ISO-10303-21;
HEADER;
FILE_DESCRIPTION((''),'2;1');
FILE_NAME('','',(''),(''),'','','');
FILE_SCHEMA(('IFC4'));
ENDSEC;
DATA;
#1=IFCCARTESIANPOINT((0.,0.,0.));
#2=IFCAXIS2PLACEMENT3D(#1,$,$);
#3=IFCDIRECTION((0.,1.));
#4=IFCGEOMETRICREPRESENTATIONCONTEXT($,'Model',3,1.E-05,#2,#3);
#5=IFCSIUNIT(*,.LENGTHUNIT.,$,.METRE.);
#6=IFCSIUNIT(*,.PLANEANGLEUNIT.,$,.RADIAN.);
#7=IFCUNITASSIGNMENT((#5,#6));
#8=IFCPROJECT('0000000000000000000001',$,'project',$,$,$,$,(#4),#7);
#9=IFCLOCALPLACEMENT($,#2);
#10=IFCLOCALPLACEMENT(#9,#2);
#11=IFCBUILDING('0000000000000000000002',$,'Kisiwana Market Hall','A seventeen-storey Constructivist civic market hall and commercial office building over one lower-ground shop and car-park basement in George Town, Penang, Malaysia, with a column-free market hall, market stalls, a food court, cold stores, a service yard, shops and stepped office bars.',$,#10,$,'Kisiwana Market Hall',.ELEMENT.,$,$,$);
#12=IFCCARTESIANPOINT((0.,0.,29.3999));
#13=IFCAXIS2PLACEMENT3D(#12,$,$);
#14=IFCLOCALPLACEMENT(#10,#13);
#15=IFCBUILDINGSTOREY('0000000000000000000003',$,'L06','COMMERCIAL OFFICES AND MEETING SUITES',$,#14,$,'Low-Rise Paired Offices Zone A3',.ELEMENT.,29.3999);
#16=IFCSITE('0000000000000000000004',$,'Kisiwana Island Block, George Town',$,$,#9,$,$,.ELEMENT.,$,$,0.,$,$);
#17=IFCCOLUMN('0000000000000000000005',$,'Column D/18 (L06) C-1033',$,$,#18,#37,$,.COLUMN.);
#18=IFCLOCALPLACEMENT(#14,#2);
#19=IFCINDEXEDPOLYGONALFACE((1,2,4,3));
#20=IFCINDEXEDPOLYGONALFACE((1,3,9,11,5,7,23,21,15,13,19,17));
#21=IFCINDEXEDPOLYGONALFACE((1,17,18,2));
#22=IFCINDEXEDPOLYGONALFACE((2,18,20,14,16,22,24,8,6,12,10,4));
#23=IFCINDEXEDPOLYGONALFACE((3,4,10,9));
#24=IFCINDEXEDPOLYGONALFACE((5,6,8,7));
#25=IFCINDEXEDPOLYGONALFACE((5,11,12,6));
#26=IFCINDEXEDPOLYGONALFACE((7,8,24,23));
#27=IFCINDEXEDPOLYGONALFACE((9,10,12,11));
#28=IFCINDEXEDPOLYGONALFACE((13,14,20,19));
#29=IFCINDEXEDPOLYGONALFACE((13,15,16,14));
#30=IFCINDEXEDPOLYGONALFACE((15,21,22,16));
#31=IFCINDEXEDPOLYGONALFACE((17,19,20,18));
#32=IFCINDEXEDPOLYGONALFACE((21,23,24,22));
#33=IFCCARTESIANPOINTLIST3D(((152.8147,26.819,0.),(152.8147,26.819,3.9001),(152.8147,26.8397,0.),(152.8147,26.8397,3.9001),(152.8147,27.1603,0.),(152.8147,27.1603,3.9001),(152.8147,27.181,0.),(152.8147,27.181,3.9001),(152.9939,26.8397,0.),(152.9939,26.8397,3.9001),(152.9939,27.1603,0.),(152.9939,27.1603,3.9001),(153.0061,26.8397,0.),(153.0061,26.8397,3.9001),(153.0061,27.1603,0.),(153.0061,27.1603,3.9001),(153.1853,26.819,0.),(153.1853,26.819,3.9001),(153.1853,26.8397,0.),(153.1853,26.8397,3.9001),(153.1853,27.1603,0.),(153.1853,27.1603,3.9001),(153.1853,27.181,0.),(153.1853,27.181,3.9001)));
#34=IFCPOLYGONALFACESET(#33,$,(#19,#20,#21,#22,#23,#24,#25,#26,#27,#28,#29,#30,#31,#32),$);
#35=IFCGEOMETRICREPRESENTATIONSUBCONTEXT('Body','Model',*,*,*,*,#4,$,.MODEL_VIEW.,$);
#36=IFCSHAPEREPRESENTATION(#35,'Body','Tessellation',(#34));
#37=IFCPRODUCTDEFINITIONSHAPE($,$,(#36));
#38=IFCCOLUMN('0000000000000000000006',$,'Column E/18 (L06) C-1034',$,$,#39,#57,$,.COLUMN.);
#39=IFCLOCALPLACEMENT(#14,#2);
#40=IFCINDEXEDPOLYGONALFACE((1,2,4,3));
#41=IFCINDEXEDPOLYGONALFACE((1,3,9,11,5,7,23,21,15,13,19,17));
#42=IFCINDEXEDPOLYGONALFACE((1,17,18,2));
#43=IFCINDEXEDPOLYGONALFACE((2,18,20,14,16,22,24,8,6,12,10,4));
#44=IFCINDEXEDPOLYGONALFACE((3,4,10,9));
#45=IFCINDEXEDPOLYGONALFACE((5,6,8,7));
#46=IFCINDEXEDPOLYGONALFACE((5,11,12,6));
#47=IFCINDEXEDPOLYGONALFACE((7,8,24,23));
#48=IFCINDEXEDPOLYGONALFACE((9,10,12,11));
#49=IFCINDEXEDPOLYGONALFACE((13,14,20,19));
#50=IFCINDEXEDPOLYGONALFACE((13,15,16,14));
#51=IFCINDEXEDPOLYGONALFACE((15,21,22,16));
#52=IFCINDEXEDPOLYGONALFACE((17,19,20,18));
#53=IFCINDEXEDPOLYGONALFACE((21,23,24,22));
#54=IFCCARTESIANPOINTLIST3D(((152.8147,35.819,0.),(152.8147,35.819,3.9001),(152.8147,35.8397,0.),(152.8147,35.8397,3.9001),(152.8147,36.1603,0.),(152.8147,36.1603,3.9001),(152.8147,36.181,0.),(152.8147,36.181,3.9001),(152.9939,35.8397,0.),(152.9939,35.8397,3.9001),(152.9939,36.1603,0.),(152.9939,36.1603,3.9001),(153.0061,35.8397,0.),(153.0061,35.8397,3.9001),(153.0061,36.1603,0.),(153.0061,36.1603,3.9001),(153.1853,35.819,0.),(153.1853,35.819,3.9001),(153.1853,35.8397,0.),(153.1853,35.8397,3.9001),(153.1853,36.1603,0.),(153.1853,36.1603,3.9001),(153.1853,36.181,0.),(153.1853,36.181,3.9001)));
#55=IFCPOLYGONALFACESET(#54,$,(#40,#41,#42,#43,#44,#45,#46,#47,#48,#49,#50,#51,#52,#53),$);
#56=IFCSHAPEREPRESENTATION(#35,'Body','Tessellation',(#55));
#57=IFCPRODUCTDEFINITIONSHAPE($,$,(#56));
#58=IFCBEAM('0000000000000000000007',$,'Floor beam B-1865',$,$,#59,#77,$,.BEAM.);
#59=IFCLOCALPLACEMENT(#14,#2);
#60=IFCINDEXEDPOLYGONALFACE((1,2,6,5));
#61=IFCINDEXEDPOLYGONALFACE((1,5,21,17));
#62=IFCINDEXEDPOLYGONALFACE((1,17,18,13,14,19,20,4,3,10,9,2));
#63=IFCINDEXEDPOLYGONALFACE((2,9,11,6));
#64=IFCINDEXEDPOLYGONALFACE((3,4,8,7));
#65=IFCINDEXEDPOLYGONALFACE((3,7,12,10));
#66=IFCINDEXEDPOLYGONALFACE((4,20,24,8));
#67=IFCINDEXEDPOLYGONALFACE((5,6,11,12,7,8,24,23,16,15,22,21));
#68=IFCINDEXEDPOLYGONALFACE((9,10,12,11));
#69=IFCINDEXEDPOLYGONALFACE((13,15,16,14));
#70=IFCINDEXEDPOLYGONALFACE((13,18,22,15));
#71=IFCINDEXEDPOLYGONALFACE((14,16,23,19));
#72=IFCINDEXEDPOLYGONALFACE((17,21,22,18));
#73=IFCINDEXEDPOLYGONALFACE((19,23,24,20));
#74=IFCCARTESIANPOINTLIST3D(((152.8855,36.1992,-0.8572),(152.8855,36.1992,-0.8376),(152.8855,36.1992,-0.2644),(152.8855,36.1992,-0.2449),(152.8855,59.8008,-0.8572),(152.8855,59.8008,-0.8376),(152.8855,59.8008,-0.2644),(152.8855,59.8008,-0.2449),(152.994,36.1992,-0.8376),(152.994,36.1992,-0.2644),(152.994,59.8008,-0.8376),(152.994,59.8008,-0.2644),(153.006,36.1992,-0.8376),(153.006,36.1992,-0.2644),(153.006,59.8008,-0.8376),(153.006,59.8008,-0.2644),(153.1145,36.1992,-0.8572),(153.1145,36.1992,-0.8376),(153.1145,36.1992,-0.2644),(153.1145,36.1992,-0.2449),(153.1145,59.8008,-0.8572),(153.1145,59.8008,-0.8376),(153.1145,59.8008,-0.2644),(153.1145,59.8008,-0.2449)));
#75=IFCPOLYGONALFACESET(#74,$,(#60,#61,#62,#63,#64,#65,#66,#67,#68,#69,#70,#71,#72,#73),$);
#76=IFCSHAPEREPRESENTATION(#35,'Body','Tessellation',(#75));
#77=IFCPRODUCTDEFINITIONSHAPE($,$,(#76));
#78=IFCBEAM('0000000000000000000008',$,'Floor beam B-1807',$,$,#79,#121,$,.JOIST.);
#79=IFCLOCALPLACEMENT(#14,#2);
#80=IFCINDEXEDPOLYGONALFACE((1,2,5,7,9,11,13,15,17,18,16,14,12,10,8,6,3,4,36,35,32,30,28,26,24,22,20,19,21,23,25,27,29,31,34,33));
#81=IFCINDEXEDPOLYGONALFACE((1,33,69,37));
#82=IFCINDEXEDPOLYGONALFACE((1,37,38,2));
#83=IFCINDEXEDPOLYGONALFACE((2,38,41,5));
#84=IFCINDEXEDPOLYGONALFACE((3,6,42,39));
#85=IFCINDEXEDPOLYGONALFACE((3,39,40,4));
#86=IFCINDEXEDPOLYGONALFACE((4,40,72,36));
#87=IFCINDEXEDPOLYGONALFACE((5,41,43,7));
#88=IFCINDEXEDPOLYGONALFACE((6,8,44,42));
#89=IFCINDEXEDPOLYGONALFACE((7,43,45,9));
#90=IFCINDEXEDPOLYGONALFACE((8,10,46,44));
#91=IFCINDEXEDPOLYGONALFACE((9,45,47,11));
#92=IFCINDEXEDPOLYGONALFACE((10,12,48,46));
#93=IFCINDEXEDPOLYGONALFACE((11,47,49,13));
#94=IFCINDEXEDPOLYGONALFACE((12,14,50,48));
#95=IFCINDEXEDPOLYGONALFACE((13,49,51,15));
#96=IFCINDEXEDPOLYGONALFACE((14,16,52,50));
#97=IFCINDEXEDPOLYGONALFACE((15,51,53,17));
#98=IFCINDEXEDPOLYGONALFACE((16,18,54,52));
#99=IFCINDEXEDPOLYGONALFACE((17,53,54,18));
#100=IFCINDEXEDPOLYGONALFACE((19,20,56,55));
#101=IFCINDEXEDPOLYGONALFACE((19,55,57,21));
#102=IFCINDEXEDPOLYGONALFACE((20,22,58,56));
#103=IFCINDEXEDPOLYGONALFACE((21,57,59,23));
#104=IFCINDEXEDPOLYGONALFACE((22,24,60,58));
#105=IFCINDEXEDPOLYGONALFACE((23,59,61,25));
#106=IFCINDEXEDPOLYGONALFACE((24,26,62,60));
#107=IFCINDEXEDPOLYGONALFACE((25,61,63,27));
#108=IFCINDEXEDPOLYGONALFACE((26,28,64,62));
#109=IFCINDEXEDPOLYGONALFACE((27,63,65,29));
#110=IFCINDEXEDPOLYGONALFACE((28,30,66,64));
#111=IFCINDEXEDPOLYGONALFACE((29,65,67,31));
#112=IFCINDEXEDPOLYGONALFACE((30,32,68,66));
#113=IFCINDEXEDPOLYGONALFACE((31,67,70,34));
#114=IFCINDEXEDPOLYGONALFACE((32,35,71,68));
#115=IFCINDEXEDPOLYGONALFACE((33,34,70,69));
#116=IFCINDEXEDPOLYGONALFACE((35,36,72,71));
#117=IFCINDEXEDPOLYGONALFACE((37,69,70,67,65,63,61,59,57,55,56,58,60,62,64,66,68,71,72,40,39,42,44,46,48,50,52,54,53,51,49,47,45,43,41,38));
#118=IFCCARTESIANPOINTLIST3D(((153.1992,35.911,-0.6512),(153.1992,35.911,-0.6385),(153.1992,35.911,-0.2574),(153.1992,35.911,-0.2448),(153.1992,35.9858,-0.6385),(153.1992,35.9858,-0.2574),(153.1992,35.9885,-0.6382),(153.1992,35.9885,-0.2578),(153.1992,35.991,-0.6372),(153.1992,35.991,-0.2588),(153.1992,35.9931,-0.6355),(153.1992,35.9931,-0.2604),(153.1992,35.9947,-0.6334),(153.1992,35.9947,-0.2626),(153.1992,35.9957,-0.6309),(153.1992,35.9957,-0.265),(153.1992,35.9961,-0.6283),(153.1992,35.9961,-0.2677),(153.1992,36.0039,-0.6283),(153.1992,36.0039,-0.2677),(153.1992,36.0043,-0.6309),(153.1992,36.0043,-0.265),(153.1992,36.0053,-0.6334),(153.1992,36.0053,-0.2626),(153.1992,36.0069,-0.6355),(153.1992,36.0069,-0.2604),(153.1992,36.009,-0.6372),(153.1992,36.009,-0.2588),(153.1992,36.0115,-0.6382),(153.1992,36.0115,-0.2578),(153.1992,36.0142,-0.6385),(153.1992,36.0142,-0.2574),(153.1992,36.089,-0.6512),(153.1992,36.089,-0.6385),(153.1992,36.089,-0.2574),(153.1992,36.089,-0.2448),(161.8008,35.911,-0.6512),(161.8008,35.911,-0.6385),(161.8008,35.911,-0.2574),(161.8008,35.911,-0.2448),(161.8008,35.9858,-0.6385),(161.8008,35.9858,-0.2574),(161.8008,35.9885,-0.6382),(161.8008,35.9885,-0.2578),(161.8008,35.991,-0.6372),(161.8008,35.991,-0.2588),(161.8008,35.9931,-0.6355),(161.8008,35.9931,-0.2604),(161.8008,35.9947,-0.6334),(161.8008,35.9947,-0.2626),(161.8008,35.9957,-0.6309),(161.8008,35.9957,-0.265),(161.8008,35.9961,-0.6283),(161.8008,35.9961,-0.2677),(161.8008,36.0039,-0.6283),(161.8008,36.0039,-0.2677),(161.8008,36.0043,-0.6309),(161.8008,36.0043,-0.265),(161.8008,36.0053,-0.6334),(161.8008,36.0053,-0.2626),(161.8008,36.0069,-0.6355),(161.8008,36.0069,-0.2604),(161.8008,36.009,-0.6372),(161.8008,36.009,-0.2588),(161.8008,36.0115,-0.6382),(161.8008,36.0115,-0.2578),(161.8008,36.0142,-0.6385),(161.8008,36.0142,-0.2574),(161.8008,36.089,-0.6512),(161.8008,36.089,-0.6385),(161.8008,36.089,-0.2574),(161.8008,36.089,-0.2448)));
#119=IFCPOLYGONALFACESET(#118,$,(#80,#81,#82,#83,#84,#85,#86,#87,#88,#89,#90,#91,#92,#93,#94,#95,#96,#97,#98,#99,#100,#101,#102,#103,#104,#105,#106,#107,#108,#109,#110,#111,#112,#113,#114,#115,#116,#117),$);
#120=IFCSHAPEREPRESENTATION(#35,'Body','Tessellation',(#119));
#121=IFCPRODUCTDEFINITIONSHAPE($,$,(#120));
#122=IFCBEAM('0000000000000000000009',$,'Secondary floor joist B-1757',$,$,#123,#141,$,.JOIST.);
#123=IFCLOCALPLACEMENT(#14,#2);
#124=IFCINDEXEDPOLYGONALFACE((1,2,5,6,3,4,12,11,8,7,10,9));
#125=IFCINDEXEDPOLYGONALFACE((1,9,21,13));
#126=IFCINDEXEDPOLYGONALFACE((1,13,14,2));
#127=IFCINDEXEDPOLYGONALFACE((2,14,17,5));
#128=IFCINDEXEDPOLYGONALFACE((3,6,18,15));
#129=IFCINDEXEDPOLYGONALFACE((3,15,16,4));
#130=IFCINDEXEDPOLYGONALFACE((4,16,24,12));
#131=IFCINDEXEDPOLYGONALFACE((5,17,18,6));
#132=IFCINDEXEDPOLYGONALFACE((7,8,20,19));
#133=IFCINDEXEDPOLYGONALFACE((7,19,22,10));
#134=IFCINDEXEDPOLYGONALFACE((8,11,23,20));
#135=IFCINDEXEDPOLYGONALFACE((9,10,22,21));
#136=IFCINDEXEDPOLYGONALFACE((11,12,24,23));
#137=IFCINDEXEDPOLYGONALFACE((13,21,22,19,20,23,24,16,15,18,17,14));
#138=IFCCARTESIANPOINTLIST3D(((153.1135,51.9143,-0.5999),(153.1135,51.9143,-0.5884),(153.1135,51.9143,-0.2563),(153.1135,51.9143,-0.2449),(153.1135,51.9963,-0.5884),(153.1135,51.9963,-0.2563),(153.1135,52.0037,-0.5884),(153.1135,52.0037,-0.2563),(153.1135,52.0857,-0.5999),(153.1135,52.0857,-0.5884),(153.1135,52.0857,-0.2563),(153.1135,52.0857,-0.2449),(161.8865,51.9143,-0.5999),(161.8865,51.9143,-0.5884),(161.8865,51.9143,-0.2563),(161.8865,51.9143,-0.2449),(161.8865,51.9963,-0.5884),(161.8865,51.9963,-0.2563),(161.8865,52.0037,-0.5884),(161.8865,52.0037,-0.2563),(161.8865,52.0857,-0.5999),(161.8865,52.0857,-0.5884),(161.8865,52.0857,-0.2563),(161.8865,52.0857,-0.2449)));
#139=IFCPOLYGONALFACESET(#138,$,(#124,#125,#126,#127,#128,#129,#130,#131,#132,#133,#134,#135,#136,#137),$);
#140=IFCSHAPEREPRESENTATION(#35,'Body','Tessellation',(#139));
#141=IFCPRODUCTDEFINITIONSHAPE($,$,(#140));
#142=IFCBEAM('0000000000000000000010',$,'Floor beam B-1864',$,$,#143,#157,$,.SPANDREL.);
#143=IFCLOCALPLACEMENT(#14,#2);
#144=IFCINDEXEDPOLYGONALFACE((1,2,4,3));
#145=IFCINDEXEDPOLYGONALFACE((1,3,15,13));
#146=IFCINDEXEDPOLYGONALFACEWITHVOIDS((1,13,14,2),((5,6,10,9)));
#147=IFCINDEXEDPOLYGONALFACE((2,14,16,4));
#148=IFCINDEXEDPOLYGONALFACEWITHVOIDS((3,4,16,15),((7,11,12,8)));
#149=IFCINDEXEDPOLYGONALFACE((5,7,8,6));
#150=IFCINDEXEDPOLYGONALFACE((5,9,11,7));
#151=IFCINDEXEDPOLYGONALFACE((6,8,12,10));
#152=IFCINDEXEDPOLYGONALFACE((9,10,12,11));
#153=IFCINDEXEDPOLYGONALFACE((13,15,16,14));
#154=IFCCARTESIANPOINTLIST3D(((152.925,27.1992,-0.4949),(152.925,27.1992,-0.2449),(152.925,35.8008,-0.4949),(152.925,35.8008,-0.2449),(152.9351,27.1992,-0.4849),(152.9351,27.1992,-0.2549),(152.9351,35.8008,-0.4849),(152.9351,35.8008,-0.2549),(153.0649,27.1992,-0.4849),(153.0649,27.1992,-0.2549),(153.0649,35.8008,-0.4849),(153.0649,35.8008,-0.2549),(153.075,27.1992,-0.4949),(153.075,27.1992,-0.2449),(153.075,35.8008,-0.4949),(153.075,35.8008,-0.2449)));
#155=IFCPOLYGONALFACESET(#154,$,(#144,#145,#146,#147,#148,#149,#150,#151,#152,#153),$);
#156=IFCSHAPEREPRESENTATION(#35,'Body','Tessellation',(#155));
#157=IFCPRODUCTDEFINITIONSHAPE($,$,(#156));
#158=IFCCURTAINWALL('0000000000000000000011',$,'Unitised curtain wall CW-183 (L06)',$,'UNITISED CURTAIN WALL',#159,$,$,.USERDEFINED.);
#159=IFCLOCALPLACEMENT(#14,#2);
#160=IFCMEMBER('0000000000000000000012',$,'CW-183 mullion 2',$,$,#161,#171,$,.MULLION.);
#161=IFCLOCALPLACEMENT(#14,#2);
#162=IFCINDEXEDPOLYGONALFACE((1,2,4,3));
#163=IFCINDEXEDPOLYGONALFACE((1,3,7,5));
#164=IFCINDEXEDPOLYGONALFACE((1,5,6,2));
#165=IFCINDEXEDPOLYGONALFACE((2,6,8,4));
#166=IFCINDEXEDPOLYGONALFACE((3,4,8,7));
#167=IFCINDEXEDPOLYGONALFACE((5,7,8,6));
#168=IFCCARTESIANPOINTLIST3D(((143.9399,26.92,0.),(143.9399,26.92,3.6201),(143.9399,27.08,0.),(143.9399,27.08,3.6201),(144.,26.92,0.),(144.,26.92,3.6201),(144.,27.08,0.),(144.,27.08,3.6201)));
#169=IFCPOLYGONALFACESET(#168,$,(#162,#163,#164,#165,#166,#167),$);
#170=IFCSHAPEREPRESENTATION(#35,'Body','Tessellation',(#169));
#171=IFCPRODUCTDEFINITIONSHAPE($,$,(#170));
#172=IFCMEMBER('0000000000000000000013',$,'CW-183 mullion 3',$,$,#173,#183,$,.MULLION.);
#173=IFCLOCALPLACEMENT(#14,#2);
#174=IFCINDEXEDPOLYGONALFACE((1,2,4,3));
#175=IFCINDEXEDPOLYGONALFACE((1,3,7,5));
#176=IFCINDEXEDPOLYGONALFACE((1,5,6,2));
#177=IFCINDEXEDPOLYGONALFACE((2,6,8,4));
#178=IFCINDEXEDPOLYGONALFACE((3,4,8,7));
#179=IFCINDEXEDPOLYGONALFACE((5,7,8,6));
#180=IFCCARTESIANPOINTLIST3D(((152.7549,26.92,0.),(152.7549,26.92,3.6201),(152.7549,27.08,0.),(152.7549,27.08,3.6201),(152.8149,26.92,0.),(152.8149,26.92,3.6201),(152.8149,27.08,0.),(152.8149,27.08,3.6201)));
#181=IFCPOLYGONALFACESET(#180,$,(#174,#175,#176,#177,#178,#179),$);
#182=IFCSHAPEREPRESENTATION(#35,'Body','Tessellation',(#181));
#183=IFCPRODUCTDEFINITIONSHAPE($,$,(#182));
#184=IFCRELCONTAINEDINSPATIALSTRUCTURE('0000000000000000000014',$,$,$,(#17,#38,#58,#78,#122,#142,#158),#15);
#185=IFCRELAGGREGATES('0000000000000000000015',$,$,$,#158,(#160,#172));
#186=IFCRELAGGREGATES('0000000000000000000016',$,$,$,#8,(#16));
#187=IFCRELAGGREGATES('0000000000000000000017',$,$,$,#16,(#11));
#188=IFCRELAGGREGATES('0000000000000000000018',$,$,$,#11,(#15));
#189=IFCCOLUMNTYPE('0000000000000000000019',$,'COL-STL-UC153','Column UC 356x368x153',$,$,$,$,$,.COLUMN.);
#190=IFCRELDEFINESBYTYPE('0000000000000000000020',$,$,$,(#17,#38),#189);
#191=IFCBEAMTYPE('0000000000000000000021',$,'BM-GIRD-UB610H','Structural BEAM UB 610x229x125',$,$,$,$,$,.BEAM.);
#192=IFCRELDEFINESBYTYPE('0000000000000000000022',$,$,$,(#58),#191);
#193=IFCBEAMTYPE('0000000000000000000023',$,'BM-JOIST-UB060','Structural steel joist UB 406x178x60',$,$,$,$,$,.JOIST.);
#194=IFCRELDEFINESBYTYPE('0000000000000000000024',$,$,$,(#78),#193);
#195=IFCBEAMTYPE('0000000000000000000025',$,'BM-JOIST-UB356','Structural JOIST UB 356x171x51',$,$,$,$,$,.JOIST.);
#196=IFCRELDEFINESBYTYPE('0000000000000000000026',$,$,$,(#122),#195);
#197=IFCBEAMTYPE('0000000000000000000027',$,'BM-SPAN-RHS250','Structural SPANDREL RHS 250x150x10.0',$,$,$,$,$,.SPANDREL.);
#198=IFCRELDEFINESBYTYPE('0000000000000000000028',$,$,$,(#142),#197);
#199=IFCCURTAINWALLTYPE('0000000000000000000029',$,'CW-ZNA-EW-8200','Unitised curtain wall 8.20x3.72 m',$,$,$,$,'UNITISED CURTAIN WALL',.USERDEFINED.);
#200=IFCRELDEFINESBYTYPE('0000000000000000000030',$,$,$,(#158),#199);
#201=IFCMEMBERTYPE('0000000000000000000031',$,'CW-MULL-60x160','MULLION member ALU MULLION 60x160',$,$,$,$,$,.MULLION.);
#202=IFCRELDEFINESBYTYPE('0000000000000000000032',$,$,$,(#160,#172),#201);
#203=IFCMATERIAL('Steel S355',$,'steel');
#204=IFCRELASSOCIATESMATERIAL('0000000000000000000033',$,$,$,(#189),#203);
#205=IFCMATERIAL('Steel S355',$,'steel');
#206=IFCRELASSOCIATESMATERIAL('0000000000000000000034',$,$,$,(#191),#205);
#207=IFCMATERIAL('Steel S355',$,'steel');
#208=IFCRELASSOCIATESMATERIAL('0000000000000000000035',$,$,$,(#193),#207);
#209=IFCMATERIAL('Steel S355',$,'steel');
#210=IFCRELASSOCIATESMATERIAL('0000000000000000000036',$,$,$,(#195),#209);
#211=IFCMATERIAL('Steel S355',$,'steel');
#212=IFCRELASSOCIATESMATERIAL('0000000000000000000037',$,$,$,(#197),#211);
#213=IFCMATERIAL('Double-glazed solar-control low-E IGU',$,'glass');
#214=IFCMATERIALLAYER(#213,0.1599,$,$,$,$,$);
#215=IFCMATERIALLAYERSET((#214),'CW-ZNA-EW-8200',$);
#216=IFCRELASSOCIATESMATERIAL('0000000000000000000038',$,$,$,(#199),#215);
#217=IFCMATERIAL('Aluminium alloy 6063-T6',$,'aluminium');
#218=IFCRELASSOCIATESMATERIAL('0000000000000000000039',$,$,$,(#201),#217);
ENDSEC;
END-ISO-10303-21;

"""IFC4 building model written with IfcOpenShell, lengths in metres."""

from ifc_helpers import new_model, si_unit, direction, frame, origin, origin_2d, place, context, subcontext, project, spatial, rectangle, hollow_rectangle, i_section, extrude, material, layer, layer_set, material_profile, profile_set, type_object, element, aggregate, save


model = new_model("IFC4")

# Units and contexts
model_context = context("Model", 3, precision=1e-05, world=origin(), true_north=direction((0.0, 1.0)))
body_context = subcontext(model_context, "Body", "Model", "MODEL_VIEW")
ifc_project = project(units=[si_unit("LENGTHUNIT", "METRE"), si_unit("PLANEANGLEUNIT", "RADIAN")], contexts=[model_context])

# Site, building, storey
site_placement = place(None, origin())
site = spatial("IfcSite", under=ifc_project, at=site_placement, Name="Kisiwana Island Block, George Town", CompositionType="ELEMENT", RefElevation=0.0)
building_placement = place(site_placement, origin())
building = spatial("IfcBuilding", under=site, at=building_placement, Name="Kisiwana Market Hall", Description="A seventeen-storey Constructivist civic market hall and commercial office building over one lower-ground shop and car-park basement in George Town, Penang, Malaysia, with a column-free market hall, market stalls, a food court, cold stores, a service yard, shops and stepped office bars.", LongName="Kisiwana Market Hall", CompositionType="ELEMENT")
storey_placement = place(building_placement, frame((0.0, 0.0, 29.3999)))
storey = spatial("IfcBuildingStorey", under=building, at=storey_placement, Name="L06", Description="COMMERCIAL OFFICES AND MEETING SUITES", LongName="Low-Rise Paired Offices Zone A3", CompositionType="ELEMENT", Elevation=29.3999)

# Columns
ifc_material_1 = material(Name="Steel S355", Category="steel")
ifc_material_profile_1 = material_profile(ifc_material_1, i_section(OverallWidth=0.3706, OverallDepth=0.3621, WebThickness=0.0122, FlangeThickness=0.0208, at=origin_2d()), Name="UC 356x368x153")
ifc_profile_set_1 = profile_set([ifc_material_profile_1], Name="Steel S355")
column_type = type_object("IfcColumnType", Name="COL-STL-UC153", Description="Column UC 356x368x153", PredefinedType="COLUMN", material=ifc_profile_set_1)
for number, where, z_axis, x_axis, name in (
    (1, (153.0, 27.0, 0.0), (0.0, 0.0, 1.0), (1.0, 0.0, 0.0), "Column D/18 (L06) C-1033"),
    (2, (153.0, 36.0, 0.0), (0.0, 0.0, 1.0), (1.0, 0.0, 0.0), "Column E/18 (L06) C-1034"),
):
    element("IfcColumn", number, at=place(storey_placement, frame(where, z_axis=z_axis, x_axis=x_axis)), inside=storey, type_object=column_type, Name=name, PredefinedType="COLUMN", context=body_context, shape_type="SweptSolid", body=[
        extrude(i_section(OverallWidth=0.3706, OverallDepth=0.3621, WebThickness=0.0122, FlangeThickness=0.0208, at=origin_2d()), origin(), (0.0, 0.0, 1.0), 3.9001),
    ])

# Beams
ifc_material_2 = material(Name="Steel S355", Category="steel")
ifc_material_profile_2 = material_profile(ifc_material_2, i_section(OverallWidth=0.229, OverallDepth=0.6123, WebThickness=0.012, FlangeThickness=0.0195, at=origin_2d()), Name="UB 610x229x125")
ifc_profile_set_2 = profile_set([ifc_material_profile_2], Name="Steel S355")
beam_type_1 = type_object("IfcBeamType", Name="BM-GIRD-UB610H", Description="Structural BEAM UB 610x229x125", PredefinedType="BEAM", material=ifc_profile_set_2)
beam_1_placement = place(storey_placement, frame((153.0, 36.1992, -0.551), z_axis=(0.0, 1.0, 0.0), x_axis=(-1.0, 0.0, 0.0)))
element("IfcBeam", 3, at=beam_1_placement, inside=storey, type_object=beam_type_1, Name="Floor beam B-1865", PredefinedType="BEAM", context=body_context, shape_type="SweptSolid", body=[
    extrude(i_section(OverallWidth=0.229, OverallDepth=0.6123, WebThickness=0.012, FlangeThickness=0.0195, at=origin_2d()), origin(), (0.0, 0.0, 1.0), 23.6016),
])
ifc_material_3 = material(Name="Steel S355", Category="steel")
ifc_material_profile_3 = material_profile(ifc_material_3, i_section(OverallWidth=0.178, OverallDepth=0.4065, WebThickness=0.0078, FlangeThickness=0.0127, FilletRadius=0.0103, at=origin_2d()), Name="UB 406x178x60")
ifc_profile_set_3 = profile_set([ifc_material_profile_3], Name="Steel S355")
beam_type_2 = type_object("IfcBeamType", Name="BM-JOIST-UB060", Description="Structural steel joist UB 406x178x60", PredefinedType="JOIST", material=ifc_profile_set_3)
beam_2_placement = place(storey_placement, frame((153.1992, 36.0, -0.448), z_axis=(1.0, 0.0, 0.0), x_axis=(0.0, 1.0, 0.0)))
element("IfcBeam", 4, at=beam_2_placement, inside=storey, type_object=beam_type_2, Name="Floor beam B-1807", PredefinedType="JOIST", context=body_context, shape_type="SweptSolid", body=[
    extrude(i_section(OverallWidth=0.178, OverallDepth=0.4065, WebThickness=0.0078, FlangeThickness=0.0127, FilletRadius=0.0103, at=origin_2d()), origin(), (0.0, 0.0, 1.0), 8.6016),
])
ifc_material_4 = material(Name="Steel S355", Category="steel")
ifc_material_profile_4 = material_profile(ifc_material_4, i_section(OverallWidth=0.1714, OverallDepth=0.355, WebThickness=0.0073, FlangeThickness=0.0115, at=origin_2d()), Name="UB 356x171x51")
ifc_profile_set_4 = profile_set([ifc_material_profile_4], Name="Steel S355")
beam_type_3 = type_object("IfcBeamType", Name="BM-JOIST-UB356", Description="Structural JOIST UB 356x171x51", PredefinedType="JOIST", material=ifc_profile_set_4)
beam_3_placement = place(storey_placement, frame((153.1135, 52.0, -0.4224), z_axis=(1.0, 0.0, 0.0), x_axis=(0.0, 1.0, 0.0)))
element("IfcBeam", 5, at=beam_3_placement, inside=storey, type_object=beam_type_3, Name="Secondary floor joist B-1757", PredefinedType="JOIST", context=body_context, shape_type="SweptSolid", body=[
    extrude(i_section(OverallWidth=0.1714, OverallDepth=0.355, WebThickness=0.0073, FlangeThickness=0.0115, at=origin_2d()), origin(), (0.0, 0.0, 1.0), 8.7729),
])
ifc_material_5 = material(Name="Steel S355", Category="steel")
ifc_material_profile_5 = material_profile(ifc_material_5, hollow_rectangle(XDim=0.1499, YDim=0.25, WallThickness=0.01, at=origin_2d()), Name="RHS 250x150x10.0")
ifc_profile_set_5 = profile_set([ifc_material_profile_5], Name="Steel S355")
beam_type_4 = type_object("IfcBeamType", Name="BM-SPAN-RHS250", Description="Structural SPANDREL RHS 250x150x10.0", PredefinedType="SPANDREL", material=ifc_profile_set_5)
beam_4_placement = place(storey_placement, frame((153.0, 27.1992, -0.3699), z_axis=(0.0, 1.0, 0.0), x_axis=(-1.0, 0.0, 0.0)))
element("IfcBeam", 6, at=beam_4_placement, inside=storey, type_object=beam_type_4, Name="Floor beam B-1864", PredefinedType="SPANDREL", context=body_context, shape_type="SweptSolid", body=[
    extrude(hollow_rectangle(XDim=0.1499, YDim=0.25, WallThickness=0.01, at=origin_2d()), origin(), (0.0, 0.0, 1.0), 8.6016),
])

# Curtain wall, members
ifc_material_6 = material(Name="Double-glazed solar-control low-E IGU", Category="glass")
ifc_layer_1 = layer(ifc_material_6, 0.1599)
ifc_layer_set_1 = layer_set([ifc_layer_1], Name="CW-ZNA-EW-8200")
curtain_wall_type = type_object("IfcCurtainWallType", Name="CW-ZNA-EW-8200", Description="Unitised curtain wall 8.20x3.72 m", ElementType="UNITISED CURTAIN WALL", PredefinedType="USERDEFINED", material=ifc_layer_set_1)
curtain_wall_1_placement = place(storey_placement, origin())
curtain_wall_1 = element("IfcCurtainWall", 7, at=curtain_wall_1_placement, inside=storey, type_object=curtain_wall_type, Name="Unitised curtain wall CW-183 (L06)", ObjectType="UNITISED CURTAIN WALL", PredefinedType="USERDEFINED")
ifc_material_7 = material(Name="Aluminium alloy 6063-T6", Category="aluminium")
ifc_material_profile_6 = material_profile(ifc_material_7, rectangle(XDim=0.0601, YDim=0.1599, at=origin_2d()), Name="ALU MULLION 60x160")
ifc_profile_set_6 = profile_set([ifc_material_profile_6], Name="Aluminium alloy 6063-T6")
member_type_1 = type_object("IfcMemberType", Name="CW-MULL-60x160", Description="MULLION member ALU MULLION 60x160", PredefinedType="MULLION", material=ifc_profile_set_6)
member_1_placement = place(storey_placement, frame((143.97, 27.0, 0.0), z_axis=(0.0, 0.0, 1.0), x_axis=(1.0, 0.0, 0.0)))
member_1 = element("IfcMember", 8, at=member_1_placement, type_object=member_type_1, Name="CW-183 mullion 2", PredefinedType="MULLION", context=body_context, shape_type="SweptSolid", body=[
    extrude(rectangle(XDim=0.0601, YDim=0.1599, at=origin_2d()), origin(), (0.0, 0.0, 1.0), 3.6201),
])
member_2_placement = place(storey_placement, frame((152.7849, 27.0, 0.0), z_axis=(0.0, 0.0, 1.0), x_axis=(1.0, 0.0, 0.0)))
member_2 = element("IfcMember", 9, at=member_2_placement, type_object=member_type_1, Name="CW-183 mullion 3", PredefinedType="MULLION", context=body_context, shape_type="SweptSolid", body=[
    extrude(rectangle(XDim=0.0601, YDim=0.1599, at=origin_2d()), origin(), (0.0, 0.0, 1.0), 3.6201),
])

aggregate(curtain_wall_1, [member_1, member_2])

save(model, "model.ifc")
